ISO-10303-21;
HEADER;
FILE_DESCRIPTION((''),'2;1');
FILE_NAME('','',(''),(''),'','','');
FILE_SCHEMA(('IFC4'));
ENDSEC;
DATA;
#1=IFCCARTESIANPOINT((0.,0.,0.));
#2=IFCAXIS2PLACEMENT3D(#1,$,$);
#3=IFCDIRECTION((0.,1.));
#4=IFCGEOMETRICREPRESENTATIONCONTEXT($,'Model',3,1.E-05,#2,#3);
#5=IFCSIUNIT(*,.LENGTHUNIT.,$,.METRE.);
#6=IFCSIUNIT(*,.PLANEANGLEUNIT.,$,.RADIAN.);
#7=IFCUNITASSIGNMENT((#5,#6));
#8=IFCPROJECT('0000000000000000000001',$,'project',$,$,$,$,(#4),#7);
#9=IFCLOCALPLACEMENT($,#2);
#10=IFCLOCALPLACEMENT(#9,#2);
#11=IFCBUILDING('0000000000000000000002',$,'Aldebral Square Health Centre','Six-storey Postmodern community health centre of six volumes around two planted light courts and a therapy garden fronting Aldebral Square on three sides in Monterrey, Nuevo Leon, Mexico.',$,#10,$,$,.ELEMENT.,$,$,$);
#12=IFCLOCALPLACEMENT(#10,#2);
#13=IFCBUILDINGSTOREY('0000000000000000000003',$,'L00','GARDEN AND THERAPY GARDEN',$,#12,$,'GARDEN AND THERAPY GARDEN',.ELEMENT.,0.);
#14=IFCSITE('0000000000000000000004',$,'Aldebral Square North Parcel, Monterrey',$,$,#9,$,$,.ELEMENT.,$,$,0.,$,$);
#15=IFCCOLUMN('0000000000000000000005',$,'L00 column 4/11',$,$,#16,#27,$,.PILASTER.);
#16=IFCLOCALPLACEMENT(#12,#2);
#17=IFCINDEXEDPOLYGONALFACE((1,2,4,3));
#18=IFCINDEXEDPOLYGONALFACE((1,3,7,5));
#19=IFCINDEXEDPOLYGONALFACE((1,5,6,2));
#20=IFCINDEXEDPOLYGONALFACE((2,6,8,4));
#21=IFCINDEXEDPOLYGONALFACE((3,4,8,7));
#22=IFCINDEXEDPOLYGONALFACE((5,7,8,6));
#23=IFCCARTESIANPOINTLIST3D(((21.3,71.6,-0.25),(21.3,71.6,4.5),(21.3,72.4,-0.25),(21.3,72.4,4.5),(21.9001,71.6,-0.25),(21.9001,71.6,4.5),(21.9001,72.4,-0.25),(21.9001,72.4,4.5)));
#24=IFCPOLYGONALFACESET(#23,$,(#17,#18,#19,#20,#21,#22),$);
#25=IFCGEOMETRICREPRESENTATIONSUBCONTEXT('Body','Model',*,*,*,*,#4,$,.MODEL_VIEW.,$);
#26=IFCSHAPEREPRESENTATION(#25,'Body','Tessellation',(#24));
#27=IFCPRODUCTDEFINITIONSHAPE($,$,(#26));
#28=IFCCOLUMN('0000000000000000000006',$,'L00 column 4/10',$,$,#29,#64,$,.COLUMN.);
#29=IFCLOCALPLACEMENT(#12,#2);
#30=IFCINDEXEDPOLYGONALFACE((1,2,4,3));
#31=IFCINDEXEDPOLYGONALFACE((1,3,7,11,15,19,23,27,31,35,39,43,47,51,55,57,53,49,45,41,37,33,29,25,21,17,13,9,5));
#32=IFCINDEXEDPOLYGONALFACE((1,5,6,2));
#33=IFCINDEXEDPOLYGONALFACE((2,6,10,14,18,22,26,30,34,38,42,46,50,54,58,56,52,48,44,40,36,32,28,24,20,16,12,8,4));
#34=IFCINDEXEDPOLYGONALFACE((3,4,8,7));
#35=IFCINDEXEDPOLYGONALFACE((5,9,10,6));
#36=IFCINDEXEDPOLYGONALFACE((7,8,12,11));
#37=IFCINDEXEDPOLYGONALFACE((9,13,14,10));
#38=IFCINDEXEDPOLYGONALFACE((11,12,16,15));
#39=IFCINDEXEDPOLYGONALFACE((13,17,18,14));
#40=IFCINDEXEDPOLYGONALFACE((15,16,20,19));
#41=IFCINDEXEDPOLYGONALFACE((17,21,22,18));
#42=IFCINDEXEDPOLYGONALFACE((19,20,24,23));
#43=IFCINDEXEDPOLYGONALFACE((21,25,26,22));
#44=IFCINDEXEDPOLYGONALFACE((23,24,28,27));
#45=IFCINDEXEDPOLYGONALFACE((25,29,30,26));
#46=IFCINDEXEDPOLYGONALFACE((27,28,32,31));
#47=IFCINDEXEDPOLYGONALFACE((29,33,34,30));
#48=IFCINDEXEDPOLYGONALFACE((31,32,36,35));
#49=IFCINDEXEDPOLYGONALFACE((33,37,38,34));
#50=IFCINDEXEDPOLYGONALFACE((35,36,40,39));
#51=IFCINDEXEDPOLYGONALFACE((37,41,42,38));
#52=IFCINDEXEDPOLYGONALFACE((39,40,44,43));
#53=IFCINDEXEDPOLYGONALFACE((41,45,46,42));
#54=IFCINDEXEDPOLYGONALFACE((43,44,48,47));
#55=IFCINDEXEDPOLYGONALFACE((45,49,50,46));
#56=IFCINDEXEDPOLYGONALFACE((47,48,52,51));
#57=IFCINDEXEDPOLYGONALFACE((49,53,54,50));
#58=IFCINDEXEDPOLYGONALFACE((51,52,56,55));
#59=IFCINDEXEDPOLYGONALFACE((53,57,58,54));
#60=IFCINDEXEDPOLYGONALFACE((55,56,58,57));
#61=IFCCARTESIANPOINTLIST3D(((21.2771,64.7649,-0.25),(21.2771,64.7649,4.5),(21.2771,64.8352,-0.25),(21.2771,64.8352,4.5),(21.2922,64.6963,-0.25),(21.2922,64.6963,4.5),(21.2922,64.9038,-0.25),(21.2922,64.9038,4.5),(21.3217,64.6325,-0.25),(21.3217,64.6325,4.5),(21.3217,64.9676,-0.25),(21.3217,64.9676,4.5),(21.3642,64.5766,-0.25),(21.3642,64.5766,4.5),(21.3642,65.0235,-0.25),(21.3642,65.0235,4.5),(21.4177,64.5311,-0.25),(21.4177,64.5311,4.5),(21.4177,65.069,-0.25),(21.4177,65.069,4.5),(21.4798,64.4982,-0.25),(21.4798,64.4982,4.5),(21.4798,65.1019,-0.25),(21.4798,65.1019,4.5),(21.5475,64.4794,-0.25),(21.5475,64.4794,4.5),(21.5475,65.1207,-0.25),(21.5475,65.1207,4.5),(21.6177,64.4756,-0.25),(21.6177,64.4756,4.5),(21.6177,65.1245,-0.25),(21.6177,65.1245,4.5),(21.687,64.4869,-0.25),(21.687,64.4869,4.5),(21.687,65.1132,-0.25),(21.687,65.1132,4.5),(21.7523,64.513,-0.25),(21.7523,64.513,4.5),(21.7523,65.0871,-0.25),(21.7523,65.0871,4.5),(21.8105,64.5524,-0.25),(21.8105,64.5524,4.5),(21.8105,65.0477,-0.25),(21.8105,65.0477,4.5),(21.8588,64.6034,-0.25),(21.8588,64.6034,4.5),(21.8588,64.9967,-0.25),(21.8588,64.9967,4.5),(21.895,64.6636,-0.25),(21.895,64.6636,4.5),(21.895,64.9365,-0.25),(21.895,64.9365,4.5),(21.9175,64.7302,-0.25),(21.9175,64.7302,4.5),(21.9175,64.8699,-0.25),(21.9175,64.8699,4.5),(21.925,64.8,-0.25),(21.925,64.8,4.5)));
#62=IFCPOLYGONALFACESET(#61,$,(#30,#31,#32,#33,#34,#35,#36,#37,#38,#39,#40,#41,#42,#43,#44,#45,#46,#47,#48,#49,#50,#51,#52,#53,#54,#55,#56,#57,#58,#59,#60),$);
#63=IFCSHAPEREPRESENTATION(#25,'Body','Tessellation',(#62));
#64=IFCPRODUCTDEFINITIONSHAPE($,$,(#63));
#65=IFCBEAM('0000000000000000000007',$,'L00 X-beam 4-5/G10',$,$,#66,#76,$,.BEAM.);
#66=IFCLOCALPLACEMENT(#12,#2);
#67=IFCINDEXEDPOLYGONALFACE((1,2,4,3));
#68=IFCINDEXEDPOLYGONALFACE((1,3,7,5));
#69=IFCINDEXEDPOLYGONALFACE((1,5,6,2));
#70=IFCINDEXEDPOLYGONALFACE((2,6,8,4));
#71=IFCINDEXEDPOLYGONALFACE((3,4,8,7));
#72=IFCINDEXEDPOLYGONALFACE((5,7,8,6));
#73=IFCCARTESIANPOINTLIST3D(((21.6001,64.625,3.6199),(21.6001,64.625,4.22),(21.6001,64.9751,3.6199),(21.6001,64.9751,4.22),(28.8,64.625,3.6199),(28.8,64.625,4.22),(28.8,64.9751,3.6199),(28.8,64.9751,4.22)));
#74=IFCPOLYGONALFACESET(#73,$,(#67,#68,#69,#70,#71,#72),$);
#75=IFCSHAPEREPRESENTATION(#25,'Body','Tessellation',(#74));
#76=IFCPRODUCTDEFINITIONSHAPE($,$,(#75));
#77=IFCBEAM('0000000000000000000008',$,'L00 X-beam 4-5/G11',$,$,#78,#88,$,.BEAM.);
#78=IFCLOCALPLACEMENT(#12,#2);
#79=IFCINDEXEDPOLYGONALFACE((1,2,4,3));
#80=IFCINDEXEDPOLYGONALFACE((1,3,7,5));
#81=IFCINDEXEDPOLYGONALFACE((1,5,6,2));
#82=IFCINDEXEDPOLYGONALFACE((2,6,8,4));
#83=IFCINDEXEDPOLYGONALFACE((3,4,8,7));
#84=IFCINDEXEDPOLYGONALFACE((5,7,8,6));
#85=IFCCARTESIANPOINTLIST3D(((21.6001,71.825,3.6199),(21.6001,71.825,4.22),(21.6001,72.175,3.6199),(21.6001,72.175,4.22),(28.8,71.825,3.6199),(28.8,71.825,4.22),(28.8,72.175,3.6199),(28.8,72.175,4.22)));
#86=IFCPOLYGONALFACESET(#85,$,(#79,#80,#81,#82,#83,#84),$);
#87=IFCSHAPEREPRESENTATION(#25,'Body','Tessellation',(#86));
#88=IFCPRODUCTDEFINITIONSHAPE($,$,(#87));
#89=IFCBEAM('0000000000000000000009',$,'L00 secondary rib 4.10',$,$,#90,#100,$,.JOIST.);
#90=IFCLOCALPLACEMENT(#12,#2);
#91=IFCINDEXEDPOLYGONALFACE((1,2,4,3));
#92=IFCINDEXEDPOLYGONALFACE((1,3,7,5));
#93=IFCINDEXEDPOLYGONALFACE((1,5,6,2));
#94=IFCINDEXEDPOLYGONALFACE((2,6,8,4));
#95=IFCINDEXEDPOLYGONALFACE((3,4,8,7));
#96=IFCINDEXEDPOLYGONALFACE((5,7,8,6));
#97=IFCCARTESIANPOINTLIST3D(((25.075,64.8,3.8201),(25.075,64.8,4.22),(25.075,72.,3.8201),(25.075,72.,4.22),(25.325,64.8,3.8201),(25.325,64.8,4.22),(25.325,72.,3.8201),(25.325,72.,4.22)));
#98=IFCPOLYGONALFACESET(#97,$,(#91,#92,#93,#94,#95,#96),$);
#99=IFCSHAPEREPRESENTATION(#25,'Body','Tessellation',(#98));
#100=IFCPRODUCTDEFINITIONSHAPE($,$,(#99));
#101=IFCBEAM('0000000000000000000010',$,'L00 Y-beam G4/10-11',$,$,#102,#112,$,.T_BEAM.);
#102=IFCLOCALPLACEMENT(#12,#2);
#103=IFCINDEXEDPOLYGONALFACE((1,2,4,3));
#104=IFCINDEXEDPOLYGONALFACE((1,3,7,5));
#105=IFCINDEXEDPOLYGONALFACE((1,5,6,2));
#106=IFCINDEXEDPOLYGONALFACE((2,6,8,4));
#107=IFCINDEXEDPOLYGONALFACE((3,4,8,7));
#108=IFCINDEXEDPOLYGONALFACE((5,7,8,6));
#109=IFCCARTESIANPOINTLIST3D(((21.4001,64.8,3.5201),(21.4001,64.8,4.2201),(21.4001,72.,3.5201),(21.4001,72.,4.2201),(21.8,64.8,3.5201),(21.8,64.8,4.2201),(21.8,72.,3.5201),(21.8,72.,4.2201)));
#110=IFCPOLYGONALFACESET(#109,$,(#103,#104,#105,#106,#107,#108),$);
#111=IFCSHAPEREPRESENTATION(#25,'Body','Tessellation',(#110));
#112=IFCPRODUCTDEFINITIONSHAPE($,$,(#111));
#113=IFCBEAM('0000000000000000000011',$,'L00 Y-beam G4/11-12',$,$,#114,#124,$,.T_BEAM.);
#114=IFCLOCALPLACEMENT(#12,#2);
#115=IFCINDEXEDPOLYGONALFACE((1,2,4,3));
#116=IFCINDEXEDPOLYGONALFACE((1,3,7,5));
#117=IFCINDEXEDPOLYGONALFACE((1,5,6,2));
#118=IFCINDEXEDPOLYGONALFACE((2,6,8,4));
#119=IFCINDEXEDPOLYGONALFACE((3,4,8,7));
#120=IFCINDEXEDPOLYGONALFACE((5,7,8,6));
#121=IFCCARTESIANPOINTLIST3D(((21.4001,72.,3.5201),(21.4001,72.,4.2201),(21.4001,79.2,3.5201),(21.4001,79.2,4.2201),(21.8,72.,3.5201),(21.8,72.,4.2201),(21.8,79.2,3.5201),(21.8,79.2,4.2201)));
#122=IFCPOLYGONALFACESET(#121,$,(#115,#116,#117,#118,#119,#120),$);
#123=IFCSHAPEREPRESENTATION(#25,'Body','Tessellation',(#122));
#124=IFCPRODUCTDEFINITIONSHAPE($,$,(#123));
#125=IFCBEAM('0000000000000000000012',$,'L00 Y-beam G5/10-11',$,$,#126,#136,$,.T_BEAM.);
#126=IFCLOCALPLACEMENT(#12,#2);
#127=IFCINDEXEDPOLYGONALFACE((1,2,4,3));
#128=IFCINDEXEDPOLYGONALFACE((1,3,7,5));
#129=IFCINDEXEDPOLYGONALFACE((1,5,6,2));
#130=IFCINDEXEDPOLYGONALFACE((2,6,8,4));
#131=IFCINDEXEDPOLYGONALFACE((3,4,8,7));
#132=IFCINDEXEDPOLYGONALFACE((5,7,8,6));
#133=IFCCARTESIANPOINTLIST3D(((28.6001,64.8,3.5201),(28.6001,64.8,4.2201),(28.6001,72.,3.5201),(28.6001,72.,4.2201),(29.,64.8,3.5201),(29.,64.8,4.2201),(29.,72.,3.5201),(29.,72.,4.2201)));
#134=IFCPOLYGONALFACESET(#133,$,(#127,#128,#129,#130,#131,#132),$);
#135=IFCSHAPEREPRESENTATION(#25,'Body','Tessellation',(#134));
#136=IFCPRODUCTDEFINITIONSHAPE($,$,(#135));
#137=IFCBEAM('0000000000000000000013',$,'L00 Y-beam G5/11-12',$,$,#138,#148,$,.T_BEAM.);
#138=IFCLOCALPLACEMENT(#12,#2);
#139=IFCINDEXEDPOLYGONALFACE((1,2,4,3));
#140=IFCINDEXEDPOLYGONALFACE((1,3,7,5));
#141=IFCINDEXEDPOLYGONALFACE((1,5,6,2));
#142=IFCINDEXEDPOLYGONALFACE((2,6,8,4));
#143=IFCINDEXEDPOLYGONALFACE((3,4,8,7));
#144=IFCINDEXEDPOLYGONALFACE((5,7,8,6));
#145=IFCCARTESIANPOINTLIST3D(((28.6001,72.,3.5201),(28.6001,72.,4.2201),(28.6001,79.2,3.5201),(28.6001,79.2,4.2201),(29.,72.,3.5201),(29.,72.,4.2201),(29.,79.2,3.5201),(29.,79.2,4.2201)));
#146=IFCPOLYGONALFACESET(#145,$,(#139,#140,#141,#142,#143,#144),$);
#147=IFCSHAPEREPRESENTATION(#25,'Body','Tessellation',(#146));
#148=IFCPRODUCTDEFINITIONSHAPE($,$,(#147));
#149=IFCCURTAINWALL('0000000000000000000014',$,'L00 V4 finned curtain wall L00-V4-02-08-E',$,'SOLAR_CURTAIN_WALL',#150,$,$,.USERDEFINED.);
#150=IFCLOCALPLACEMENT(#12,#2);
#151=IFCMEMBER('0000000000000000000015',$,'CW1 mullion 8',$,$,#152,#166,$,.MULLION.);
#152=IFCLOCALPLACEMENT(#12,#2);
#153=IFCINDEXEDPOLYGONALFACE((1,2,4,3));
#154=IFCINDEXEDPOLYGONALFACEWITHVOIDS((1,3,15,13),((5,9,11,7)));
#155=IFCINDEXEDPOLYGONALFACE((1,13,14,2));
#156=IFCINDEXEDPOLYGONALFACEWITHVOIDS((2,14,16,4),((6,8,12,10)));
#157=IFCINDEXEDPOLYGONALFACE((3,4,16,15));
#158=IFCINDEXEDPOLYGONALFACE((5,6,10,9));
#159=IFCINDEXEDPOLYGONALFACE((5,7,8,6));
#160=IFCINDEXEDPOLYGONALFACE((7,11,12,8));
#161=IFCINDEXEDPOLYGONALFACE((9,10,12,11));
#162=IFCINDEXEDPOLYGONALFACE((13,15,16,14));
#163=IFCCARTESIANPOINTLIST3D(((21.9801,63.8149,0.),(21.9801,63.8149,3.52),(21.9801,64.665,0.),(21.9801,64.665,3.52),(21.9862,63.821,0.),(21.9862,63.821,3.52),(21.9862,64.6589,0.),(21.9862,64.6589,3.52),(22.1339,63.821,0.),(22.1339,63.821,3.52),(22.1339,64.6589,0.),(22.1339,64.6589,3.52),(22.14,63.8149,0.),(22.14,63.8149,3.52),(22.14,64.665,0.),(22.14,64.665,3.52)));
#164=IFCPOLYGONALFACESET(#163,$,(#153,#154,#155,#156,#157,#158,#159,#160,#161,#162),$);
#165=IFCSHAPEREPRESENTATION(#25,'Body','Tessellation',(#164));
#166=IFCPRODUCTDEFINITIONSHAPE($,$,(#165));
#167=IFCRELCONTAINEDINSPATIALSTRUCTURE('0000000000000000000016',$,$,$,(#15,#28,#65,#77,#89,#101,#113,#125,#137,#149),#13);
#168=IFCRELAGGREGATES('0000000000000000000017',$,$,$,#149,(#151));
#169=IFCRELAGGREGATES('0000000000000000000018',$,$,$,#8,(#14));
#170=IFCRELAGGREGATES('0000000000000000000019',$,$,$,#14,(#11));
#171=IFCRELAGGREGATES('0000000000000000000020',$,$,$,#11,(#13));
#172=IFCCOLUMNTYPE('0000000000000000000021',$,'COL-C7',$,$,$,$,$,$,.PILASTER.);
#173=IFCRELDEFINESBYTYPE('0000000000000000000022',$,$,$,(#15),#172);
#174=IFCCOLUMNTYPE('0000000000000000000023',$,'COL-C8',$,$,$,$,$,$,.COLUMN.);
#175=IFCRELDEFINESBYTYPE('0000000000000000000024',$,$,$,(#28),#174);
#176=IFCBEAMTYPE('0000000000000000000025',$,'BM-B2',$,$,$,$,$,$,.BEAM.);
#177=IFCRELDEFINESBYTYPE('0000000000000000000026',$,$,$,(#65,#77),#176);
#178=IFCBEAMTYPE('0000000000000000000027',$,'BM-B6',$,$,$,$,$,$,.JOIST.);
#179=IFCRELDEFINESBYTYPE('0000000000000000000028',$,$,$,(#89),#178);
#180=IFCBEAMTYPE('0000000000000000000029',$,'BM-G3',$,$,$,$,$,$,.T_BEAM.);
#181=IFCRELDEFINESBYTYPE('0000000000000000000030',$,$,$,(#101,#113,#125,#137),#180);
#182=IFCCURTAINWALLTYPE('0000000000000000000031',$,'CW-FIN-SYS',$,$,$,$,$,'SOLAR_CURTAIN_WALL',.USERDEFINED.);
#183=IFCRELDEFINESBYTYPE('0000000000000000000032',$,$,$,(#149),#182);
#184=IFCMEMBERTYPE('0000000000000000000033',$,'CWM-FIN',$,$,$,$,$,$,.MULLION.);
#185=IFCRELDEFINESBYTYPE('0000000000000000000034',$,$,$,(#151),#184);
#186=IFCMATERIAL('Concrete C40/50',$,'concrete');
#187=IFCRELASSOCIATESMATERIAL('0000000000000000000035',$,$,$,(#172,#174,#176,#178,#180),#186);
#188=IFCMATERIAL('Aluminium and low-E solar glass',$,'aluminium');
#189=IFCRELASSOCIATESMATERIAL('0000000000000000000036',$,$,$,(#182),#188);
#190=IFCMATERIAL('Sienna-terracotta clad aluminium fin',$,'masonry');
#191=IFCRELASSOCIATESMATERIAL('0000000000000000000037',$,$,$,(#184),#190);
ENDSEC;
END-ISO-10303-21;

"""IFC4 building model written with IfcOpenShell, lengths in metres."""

from ifc_helpers import new_model, si_unit, direction, frame, origin, origin_2d, place, context, subcontext, project, spatial, rectangle, hollow_rectangle, circle, extrude, material, material_profile, profile_set, type_object, element, aggregate, save


model = new_model("IFC4")

# Units and contexts
model_context = context("Model", 3, precision=1e-05, world=origin(), true_north=direction((0.0, 1.0)))
body_context = subcontext(model_context, "Body", "Model", "MODEL_VIEW")
ifc_project = project(units=[si_unit("LENGTHUNIT", "METRE"), si_unit("PLANEANGLEUNIT", "RADIAN")], contexts=[model_context])

# Site, building, storey
site_placement = place(None, origin())
site = spatial("IfcSite", under=ifc_project, at=site_placement, Name="Aldebral Square North Parcel, Monterrey", CompositionType="ELEMENT", RefElevation=0.0)
building_placement = place(site_placement, origin())
building = spatial("IfcBuilding", under=site, at=building_placement, Name="Aldebral Square Health Centre", Description="Six-storey Postmodern community health centre of six volumes around two planted light courts and a therapy garden fronting Aldebral Square on three sides in Monterrey, Nuevo Leon, Mexico.", CompositionType="ELEMENT")
storey_placement = place(building_placement, origin())
storey = spatial("IfcBuildingStorey", under=building, at=storey_placement, Name="L00", Description="GARDEN AND THERAPY GARDEN", LongName="GARDEN AND THERAPY GARDEN", CompositionType="ELEMENT", Elevation=0.0)

# Columns
ifc_material_1 = material(Name="Concrete C40/50", Category="concrete")
ifc_material_profile_1 = material_profile(ifc_material_1, rectangle(XDim=0.6001, YDim=0.8, at=origin_2d()), Name="RC 600x800")
ifc_profile_set_1 = profile_set([ifc_material_profile_1], Name="Concrete C40/50")
column_type_1 = type_object("IfcColumnType", Name="COL-C7", PredefinedType="PILASTER", material=ifc_profile_set_1)
column_1_placement = place(storey_placement, frame((21.6001, 72.0, -0.25), z_axis=(0.0, 0.0, 1.0), x_axis=(1.0, 0.0, 0.0)))
element("IfcColumn", 1, at=column_1_placement, inside=storey, type_object=column_type_1, Name="L00 column 4/11", PredefinedType="PILASTER", context=body_context, shape_type="SweptSolid", body=[
    extrude(rectangle(XDim=0.6001, YDim=0.8, at=origin_2d()), origin(), (0.0, 0.0, 1.0), 4.75),
])
ifc_material_profile_2 = material_profile(ifc_material_1, circle(Radius=0.325, at=origin_2d()), Name="RC D650")
ifc_profile_set_2 = profile_set([ifc_material_profile_2], Name="Concrete C40/50")
column_type_2 = type_object("IfcColumnType", Name="COL-C8", PredefinedType="COLUMN", material=ifc_profile_set_2)
column_2_placement = place(storey_placement, frame((21.6001, 64.8, -0.25), z_axis=(0.0, 0.0, 1.0), x_axis=(1.0, 0.0, 0.0)))
element("IfcColumn", 2, at=column_2_placement, inside=storey, type_object=column_type_2, Name="L00 column 4/10", PredefinedType="COLUMN", context=body_context, shape_type="SweptSolid", body=[
    extrude(circle(Radius=0.325, at=origin_2d()), origin(), (0.0, 0.0, 1.0), 4.75),
])

# Beams
ifc_material_profile_3 = material_profile(ifc_material_1, rectangle(XDim=0.3501, YDim=0.6001, at=origin_2d()), Name="RC 350x600")
ifc_profile_set_3 = profile_set([ifc_material_profile_3], Name="Concrete C40/50")
beam_type_1 = type_object("IfcBeamType", Name="BM-B2", PredefinedType="BEAM", material=ifc_profile_set_3)
for number, where, z_axis, x_axis, name in (
    (3, (21.6001, 64.8, 3.9199), (1.0, 0.0, 0.0), (0.0, 1.0, 0.0), "L00 X-beam 4-5/G10"),
    (4, (21.6001, 72.0, 3.9199), (1.0, 0.0, 0.0), (0.0, 1.0, 0.0), "L00 X-beam 4-5/G11"),
):
    element("IfcBeam", number, at=place(storey_placement, frame(where, z_axis=z_axis, x_axis=x_axis)), inside=storey, type_object=beam_type_1, Name=name, PredefinedType="BEAM", context=body_context, shape_type="SweptSolid", body=[
        extrude(rectangle(XDim=0.3501, YDim=0.6001, at=origin_2d()), origin(), (0.0, 0.0, 1.0), 7.2),
    ])
ifc_material_profile_4 = material_profile(ifc_material_1, rectangle(XDim=0.25, YDim=0.3999, at=origin_2d()), Name="RC 250x400")
ifc_profile_set_4 = profile_set([ifc_material_profile_4], Name="Concrete C40/50")
beam_type_2 = type_object("IfcBeamType", Name="BM-B6", PredefinedType="JOIST", material=ifc_profile_set_4)
beam_placement = place(storey_placement, frame((25.2, 64.8, 4.02), z_axis=(0.0, 1.0, 0.0), x_axis=(-1.0, 0.0, 0.0)))
element("IfcBeam", 5, at=beam_placement, inside=storey, type_object=beam_type_2, Name="L00 secondary rib 4.10", PredefinedType="JOIST", context=body_context, shape_type="SweptSolid", body=[
    extrude(rectangle(XDim=0.25, YDim=0.3999, at=origin_2d()), origin(), (0.0, 0.0, 1.0), 7.2),
])
ifc_material_profile_5 = material_profile(ifc_material_1, rectangle(XDim=0.3999, YDim=0.7, at=origin_2d()), Name="RC 400x700")
ifc_profile_set_5 = profile_set([ifc_material_profile_5], Name="Concrete C40/50")
beam_type_3 = type_object("IfcBeamType", Name="BM-G3", PredefinedType="T_BEAM", material=ifc_profile_set_5)
for number, where, z_axis, x_axis, name in (
    (6, (21.6001, 64.8, 3.8701), (0.0, 1.0, 0.0), (-1.0, 0.0, 0.0), "L00 Y-beam G4/10-11"),
    (7, (21.6001, 72.0, 3.8701), (0.0, 1.0, 0.0), (-1.0, 0.0, 0.0), "L00 Y-beam G4/11-12"),
    (8, (28.8, 64.8, 3.8701), (0.0, 1.0, 0.0), (-1.0, 0.0, 0.0), "L00 Y-beam G5/10-11"),
    (9, (28.8, 72.0, 3.8701), (0.0, 1.0, 0.0), (-1.0, 0.0, 0.0), "L00 Y-beam G5/11-12"),
):
    element("IfcBeam", number, at=place(storey_placement, frame(where, z_axis=z_axis, x_axis=x_axis)), inside=storey, type_object=beam_type_3, Name=name, PredefinedType="T_BEAM", context=body_context, shape_type="SweptSolid", body=[
        extrude(rectangle(XDim=0.3999, YDim=0.7, at=origin_2d()), origin(), (0.0, 0.0, 1.0), 7.2),
    ])

# Curtain wall, member
ifc_material_2 = material(Name="Aluminium and low-E solar glass", Category="aluminium")
curtain_wall_type = type_object("IfcCurtainWallType", Name="CW-FIN-SYS", ElementType="SOLAR_CURTAIN_WALL", PredefinedType="USERDEFINED", material=ifc_material_2)
curtain_wall_placement = place(storey_placement, origin())
curtain_wall = element("IfcCurtainWall", 10, at=curtain_wall_placement, inside=storey, type_object=curtain_wall_type, Name="L00 V4 finned curtain wall L00-V4-02-08-E", ObjectType="SOLAR_CURTAIN_WALL", PredefinedType="USERDEFINED")
ifc_material_3 = material(Name="Sienna-terracotta clad aluminium fin", Category="masonry")
ifc_material_profile_6 = material_profile(ifc_material_3, hollow_rectangle(XDim=0.1599, YDim=0.8501, WallThickness=0.0061, at=origin_2d()), Name="FIN 160x850x6")
ifc_profile_set_6 = profile_set([ifc_material_profile_6], Name="Sienna-terracotta clad aluminium fin")
member_type = type_object("IfcMemberType", Name="CWM-FIN", PredefinedType="MULLION", material=ifc_profile_set_6)
member_placement = place(storey_placement, frame((22.0601, 64.24, 0.0), z_axis=(0.0, 0.0, 1.0), x_axis=(-1.0, 0.0, 0.0)))
member = element("IfcMember", 11, at=member_placement, type_object=member_type, Name="CW1 mullion 8", PredefinedType="MULLION", context=body_context, shape_type="SweptSolid", body=[
    extrude(hollow_rectangle(XDim=0.1599, YDim=0.8501, WallThickness=0.0061, at=origin_2d()), origin(), (0.0, 0.0, 1.0), 3.52),
])
aggregate(curtain_wall, [member])

save(model, "model.ifc")
